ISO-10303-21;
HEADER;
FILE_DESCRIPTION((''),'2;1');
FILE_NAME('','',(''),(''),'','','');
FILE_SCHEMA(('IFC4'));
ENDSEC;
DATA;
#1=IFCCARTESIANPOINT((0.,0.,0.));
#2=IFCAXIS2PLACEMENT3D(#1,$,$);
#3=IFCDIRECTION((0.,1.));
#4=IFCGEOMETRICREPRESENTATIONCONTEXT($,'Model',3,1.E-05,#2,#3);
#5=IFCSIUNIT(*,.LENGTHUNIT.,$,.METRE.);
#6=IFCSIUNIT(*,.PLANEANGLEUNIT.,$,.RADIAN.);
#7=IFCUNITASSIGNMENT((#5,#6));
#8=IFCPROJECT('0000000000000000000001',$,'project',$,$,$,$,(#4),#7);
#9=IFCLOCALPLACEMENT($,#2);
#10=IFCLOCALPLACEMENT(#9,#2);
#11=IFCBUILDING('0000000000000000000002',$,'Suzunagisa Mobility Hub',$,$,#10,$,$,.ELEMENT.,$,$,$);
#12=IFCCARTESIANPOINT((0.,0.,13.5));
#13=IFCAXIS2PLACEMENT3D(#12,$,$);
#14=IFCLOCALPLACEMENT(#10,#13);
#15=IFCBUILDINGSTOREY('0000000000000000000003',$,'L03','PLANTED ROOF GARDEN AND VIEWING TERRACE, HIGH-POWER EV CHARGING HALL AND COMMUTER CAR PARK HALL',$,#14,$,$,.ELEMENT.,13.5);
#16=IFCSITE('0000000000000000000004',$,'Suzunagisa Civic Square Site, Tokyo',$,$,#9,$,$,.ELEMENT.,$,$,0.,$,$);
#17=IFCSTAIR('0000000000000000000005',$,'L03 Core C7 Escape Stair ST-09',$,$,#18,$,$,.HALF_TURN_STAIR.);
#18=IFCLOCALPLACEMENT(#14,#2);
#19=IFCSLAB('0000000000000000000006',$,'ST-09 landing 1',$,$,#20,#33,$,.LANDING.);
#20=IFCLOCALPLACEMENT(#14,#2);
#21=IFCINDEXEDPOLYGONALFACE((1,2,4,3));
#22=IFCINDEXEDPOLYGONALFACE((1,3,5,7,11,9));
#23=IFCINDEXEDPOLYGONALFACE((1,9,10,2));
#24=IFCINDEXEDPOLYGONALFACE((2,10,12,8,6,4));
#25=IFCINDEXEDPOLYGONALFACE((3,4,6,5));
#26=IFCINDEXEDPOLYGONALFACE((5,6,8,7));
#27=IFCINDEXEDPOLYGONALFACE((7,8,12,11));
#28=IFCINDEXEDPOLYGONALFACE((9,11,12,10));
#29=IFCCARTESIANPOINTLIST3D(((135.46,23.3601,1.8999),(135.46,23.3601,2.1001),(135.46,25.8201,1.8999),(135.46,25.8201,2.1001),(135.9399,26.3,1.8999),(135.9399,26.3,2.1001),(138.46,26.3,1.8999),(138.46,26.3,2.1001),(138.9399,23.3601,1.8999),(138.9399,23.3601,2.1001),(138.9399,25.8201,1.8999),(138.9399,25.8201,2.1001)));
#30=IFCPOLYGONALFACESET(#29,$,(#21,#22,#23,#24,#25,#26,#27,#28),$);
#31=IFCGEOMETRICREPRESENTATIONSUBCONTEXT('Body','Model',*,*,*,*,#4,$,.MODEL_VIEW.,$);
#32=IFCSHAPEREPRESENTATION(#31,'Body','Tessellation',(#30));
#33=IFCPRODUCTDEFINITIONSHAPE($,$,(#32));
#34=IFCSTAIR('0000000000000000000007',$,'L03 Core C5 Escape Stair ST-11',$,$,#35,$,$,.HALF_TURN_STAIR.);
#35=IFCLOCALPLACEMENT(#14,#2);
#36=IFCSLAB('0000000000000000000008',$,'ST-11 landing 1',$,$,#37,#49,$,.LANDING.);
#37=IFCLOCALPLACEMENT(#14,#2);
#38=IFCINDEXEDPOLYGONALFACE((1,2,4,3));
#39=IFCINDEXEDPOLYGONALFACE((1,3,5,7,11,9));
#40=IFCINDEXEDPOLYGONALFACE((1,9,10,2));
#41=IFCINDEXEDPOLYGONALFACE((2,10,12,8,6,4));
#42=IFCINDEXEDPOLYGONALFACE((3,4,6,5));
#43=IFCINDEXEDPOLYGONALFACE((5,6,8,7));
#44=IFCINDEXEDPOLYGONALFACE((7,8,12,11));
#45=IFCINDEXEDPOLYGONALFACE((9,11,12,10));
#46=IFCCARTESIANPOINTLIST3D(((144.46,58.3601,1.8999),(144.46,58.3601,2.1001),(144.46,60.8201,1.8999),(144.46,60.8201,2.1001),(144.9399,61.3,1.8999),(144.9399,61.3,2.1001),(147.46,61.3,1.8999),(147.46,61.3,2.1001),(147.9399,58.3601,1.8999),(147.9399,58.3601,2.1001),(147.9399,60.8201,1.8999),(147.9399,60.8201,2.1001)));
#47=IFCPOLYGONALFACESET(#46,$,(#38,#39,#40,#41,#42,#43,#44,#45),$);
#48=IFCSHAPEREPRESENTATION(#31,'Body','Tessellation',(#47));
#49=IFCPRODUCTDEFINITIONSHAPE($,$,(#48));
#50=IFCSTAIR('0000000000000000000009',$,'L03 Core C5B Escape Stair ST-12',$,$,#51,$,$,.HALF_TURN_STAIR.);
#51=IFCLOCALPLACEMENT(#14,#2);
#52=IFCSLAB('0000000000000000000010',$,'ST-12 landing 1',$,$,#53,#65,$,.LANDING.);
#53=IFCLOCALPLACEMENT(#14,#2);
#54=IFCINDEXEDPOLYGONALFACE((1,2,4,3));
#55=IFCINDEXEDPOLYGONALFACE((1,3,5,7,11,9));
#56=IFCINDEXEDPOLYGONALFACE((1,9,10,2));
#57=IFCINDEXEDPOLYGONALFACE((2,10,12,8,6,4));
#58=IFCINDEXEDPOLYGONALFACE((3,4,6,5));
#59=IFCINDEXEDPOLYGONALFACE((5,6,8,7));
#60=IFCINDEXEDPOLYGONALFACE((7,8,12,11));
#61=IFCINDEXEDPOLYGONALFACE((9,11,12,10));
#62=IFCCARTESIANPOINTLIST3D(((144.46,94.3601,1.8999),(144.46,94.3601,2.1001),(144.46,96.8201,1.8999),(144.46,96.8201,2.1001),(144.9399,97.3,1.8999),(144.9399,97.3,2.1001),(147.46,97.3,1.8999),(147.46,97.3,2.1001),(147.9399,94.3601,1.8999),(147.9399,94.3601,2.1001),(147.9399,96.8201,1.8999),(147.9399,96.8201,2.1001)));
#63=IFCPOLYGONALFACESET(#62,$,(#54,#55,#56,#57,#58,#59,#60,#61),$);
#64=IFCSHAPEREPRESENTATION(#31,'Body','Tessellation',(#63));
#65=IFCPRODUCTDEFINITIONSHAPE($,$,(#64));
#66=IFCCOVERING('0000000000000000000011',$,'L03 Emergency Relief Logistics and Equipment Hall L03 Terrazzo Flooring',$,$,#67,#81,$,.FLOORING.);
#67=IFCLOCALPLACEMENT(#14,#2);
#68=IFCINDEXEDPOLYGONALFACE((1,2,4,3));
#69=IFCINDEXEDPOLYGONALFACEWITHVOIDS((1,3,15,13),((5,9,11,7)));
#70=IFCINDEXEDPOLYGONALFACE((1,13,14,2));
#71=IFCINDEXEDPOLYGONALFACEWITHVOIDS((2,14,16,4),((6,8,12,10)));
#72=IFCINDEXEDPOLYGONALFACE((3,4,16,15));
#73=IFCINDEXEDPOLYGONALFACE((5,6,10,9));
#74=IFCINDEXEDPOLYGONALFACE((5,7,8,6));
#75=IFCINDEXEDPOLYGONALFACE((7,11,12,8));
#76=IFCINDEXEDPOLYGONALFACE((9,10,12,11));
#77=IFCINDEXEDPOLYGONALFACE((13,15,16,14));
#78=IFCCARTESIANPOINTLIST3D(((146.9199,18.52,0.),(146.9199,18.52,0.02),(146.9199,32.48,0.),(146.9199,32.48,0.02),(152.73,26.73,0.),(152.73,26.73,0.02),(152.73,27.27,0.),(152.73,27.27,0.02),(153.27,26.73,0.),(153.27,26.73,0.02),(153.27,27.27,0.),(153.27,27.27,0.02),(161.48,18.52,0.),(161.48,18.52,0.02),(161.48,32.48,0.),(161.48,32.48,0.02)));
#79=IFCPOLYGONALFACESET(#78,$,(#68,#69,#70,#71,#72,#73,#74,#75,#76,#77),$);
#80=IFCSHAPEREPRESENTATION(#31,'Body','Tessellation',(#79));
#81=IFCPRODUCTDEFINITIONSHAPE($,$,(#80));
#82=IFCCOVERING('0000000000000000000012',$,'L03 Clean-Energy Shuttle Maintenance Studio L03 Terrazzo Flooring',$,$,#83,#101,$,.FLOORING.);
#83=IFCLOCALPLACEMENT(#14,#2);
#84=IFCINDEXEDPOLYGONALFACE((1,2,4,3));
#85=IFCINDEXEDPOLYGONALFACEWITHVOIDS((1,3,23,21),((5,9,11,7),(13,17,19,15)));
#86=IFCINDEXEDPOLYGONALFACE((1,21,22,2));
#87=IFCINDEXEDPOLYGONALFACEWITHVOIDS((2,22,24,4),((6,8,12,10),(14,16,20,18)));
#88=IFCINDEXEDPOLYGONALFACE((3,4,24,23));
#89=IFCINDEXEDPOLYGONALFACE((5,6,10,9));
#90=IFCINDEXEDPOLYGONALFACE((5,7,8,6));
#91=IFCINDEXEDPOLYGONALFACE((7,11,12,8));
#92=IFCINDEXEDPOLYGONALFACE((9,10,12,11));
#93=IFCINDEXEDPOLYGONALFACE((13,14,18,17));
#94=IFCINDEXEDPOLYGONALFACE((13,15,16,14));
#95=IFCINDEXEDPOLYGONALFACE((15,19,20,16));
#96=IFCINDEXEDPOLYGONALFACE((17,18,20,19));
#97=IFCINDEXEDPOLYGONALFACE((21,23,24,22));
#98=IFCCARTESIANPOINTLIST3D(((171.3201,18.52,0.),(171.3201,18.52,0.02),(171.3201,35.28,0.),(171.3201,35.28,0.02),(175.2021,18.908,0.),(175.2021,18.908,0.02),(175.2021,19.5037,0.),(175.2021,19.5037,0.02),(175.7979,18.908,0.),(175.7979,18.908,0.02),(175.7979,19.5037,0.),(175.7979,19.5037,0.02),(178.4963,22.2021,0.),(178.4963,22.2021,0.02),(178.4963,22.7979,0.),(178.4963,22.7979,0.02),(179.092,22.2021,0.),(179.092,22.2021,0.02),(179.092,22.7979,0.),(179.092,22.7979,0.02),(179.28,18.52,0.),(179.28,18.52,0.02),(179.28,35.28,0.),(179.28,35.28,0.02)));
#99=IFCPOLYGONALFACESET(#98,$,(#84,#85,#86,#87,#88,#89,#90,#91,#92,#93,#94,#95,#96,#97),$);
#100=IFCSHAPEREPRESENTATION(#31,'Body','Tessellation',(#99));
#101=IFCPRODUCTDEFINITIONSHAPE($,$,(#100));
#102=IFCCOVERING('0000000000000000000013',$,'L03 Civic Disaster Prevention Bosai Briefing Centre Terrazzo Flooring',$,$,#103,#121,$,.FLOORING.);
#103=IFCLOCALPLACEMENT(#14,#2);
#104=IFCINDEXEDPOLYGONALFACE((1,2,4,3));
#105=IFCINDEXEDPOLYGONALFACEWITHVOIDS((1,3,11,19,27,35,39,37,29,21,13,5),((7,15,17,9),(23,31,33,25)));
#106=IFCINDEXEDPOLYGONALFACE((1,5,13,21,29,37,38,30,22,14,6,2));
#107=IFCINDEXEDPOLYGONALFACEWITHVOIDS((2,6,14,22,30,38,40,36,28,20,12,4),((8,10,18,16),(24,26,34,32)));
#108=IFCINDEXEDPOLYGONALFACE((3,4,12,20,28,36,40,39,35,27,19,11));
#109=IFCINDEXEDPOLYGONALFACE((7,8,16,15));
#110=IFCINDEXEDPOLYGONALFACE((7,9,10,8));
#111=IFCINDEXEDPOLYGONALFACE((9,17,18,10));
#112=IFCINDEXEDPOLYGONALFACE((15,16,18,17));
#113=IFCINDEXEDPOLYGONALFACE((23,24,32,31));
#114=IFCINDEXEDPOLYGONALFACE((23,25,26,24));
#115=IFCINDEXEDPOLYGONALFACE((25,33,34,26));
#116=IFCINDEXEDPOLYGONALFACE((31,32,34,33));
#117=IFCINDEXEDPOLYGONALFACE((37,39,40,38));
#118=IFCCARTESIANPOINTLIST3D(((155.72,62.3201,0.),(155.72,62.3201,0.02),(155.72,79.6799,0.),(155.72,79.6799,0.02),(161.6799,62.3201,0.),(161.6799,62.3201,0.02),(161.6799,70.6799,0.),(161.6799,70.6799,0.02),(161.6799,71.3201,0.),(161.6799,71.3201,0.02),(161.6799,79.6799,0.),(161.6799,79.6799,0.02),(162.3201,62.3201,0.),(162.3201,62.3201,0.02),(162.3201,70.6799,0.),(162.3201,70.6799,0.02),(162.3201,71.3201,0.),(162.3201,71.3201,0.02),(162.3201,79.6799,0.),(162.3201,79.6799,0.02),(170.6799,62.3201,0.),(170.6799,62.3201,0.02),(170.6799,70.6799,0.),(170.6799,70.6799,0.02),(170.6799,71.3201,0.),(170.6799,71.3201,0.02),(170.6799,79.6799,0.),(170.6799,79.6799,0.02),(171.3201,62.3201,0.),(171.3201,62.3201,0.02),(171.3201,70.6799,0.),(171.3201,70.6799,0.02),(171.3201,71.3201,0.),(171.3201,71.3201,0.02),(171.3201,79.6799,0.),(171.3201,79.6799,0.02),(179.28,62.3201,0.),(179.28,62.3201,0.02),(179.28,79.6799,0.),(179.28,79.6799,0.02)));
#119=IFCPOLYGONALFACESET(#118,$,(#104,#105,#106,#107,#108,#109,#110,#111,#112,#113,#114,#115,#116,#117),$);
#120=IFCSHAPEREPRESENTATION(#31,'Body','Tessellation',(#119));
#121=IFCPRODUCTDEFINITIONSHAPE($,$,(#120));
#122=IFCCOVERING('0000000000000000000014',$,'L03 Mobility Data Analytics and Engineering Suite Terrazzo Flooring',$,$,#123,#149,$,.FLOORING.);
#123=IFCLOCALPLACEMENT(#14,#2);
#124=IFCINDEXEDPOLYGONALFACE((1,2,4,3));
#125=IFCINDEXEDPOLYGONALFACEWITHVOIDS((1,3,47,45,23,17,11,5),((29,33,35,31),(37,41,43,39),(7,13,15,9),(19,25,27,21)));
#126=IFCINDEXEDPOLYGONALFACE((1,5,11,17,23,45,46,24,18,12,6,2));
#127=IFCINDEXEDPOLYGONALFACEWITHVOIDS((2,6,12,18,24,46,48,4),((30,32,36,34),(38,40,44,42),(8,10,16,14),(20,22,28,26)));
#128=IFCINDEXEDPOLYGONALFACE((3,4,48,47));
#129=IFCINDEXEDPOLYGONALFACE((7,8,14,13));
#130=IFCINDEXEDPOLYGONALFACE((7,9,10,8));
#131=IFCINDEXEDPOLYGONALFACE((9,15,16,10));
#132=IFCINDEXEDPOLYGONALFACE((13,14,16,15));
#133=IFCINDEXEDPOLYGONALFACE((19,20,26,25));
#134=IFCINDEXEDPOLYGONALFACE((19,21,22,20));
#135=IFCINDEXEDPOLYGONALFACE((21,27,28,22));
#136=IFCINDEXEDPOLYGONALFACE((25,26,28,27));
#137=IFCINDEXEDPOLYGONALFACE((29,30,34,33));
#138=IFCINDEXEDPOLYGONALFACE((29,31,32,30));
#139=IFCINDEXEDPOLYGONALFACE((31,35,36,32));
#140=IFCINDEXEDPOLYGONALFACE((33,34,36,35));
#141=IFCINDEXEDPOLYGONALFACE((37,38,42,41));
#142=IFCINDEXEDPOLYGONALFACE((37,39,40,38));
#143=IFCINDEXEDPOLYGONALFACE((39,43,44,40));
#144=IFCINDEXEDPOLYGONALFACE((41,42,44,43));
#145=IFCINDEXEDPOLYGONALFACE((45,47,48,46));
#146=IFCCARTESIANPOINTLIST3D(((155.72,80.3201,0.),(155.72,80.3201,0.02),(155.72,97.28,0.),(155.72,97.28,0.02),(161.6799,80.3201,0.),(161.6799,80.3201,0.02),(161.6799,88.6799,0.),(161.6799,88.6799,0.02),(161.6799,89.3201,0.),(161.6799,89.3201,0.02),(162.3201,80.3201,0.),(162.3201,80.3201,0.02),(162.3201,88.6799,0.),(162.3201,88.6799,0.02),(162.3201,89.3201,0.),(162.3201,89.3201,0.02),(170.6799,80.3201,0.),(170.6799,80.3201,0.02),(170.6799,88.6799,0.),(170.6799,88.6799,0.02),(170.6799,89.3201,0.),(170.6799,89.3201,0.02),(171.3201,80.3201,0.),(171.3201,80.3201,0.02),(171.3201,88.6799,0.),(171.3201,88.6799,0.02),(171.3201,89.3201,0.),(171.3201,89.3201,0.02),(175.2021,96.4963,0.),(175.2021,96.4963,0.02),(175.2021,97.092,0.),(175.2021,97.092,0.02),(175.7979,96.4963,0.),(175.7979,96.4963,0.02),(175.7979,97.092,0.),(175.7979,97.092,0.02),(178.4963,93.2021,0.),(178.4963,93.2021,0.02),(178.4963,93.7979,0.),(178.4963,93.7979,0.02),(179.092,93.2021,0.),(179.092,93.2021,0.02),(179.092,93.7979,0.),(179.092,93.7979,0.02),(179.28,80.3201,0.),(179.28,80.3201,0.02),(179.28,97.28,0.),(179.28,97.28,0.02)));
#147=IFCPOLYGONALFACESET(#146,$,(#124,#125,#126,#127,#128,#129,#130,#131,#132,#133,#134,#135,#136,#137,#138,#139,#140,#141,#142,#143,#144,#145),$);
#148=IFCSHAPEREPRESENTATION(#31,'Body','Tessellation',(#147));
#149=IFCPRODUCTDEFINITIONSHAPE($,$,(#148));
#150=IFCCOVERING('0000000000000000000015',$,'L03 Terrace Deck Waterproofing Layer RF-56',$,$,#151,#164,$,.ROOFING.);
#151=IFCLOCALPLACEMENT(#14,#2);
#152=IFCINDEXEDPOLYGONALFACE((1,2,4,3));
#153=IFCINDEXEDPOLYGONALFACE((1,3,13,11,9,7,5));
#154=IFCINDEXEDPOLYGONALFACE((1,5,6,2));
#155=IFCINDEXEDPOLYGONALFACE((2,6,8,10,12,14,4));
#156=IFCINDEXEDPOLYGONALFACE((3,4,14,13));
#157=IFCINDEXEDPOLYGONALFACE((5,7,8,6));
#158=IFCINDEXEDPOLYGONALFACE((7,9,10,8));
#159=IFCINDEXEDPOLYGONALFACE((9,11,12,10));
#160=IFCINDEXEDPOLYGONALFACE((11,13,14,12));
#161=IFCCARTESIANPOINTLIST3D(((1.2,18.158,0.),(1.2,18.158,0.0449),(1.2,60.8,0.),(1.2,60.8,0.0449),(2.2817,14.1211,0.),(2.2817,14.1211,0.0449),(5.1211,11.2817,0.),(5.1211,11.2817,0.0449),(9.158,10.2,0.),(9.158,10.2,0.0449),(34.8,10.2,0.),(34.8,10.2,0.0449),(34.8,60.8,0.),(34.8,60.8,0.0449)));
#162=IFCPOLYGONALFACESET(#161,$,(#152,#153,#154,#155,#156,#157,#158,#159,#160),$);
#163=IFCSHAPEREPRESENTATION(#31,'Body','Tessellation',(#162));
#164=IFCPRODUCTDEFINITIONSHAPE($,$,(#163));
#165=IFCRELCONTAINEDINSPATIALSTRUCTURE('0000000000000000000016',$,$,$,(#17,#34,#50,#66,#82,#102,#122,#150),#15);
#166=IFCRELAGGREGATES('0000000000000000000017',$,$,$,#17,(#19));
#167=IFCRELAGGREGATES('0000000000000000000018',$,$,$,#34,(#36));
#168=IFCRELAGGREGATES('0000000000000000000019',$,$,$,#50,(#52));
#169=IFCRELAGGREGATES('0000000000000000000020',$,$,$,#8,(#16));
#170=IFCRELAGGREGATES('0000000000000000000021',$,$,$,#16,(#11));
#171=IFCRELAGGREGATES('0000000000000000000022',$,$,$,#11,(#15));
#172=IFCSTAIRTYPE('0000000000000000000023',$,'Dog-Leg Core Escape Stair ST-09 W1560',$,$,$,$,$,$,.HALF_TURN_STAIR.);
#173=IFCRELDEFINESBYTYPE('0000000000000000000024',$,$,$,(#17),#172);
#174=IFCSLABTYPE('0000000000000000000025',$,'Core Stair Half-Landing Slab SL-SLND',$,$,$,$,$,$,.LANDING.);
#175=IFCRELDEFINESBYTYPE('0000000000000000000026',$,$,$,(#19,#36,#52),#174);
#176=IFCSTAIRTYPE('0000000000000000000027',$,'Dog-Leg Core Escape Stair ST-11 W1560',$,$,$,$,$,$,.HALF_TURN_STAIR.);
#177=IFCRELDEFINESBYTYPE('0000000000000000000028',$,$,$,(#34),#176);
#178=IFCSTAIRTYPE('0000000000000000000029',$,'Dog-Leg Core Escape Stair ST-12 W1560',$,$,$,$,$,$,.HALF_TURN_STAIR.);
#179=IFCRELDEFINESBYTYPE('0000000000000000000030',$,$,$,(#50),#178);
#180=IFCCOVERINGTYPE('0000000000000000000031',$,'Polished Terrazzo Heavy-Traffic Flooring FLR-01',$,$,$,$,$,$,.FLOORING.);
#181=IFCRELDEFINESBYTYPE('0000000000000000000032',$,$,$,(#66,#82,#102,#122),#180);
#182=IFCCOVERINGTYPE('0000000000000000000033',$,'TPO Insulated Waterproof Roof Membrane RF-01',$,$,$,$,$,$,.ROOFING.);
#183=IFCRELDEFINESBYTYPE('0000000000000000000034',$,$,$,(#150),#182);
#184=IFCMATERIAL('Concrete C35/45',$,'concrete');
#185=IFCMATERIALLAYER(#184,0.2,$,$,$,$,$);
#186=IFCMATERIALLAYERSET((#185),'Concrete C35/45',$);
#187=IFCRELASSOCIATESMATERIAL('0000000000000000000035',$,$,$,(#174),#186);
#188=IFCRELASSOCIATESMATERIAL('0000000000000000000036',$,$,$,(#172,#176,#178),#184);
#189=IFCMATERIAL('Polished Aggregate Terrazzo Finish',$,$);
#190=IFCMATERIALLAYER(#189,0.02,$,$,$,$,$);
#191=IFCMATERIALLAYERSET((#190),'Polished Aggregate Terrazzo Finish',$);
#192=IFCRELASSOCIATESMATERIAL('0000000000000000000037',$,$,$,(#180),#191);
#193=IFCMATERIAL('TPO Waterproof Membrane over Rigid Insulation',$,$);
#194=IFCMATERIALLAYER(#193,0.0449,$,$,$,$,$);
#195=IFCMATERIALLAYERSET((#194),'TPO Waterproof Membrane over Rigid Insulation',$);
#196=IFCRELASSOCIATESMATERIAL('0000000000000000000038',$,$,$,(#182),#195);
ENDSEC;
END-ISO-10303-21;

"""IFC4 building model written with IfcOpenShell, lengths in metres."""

from ifc_helpers import new_model, si_unit, direction, frame, origin, place, context, subcontext, project, spatial, polyline, outline, extrude, material, layer, layer_set, type_object, element, aggregate, save


model = new_model("IFC4")

# Units and contexts
model_context = context("Model", 3, precision=1e-05, world=origin(), true_north=direction((0.0, 1.0)))
body_context = subcontext(model_context, "Body", "Model", "MODEL_VIEW")
ifc_project = project(units=[si_unit("LENGTHUNIT", "METRE"), si_unit("PLANEANGLEUNIT", "RADIAN")], contexts=[model_context])

# Site, building, storey
site_placement = place(None, origin())
site = spatial("IfcSite", under=ifc_project, at=site_placement, Name="Suzunagisa Civic Square Site, Tokyo", CompositionType="ELEMENT", RefElevation=0.0)
building_placement = place(site_placement, origin())
building = spatial("IfcBuilding", under=site, at=building_placement, Name="Suzunagisa Mobility Hub", CompositionType="ELEMENT")
storey_placement = place(building_placement, frame((0.0, 0.0, 13.5)))
storey = spatial("IfcBuildingStorey", under=building, at=storey_placement, Name="L03", Description="PLANTED ROOF GARDEN AND VIEWING TERRACE, HIGH-POWER EV CHARGING HALL AND COMMUTER CAR PARK HALL", CompositionType="ELEMENT", Elevation=13.5)

# Shared definitions
ifc_material_1 = material(Name="Concrete C35/45", Category="concrete")

# Stairs, slabs
ifc_layer_1 = layer(ifc_material_1, 0.2)
ifc_layer_set_1 = layer_set([ifc_layer_1], Name="Concrete C35/45")
slab_type_1 = type_object("IfcSlabType", Name="Core Stair Half-Landing Slab SL-SLND", PredefinedType="LANDING", material=ifc_layer_set_1)
stair_type_1 = type_object("IfcStairType", Name="Dog-Leg Core Escape Stair ST-09 W1560", PredefinedType="HALF_TURN_STAIR", material=ifc_material_1)
stair_1_placement = place(storey_placement, origin())
stair_1 = element("IfcStair", 1, at=stair_1_placement, inside=storey, type_object=stair_type_1, Name="L03 Core C7 Escape Stair ST-09", PredefinedType="HALF_TURN_STAIR")
slab_1_placement = place(storey_placement, frame((0.0, 0.0, 1.8999)))
slab_1 = element("IfcSlab", 2, at=slab_1_placement, type_object=slab_type_1, Name="ST-09 landing 1", PredefinedType="LANDING", context=body_context, shape_type="SweptSolid", body=[
    extrude(outline(polyline([(135.46, 23.3601), (138.9399, 23.3601), (138.9399, 25.8201), (138.46, 26.3), (135.9399, 26.3), (135.46, 25.8201), (135.46, 23.3601)])), origin(), (0.0, 0.0, 1.0), 0.2002),
])
aggregate(stair_1, [slab_1])
stair_type_2 = type_object("IfcStairType", Name="Dog-Leg Core Escape Stair ST-11 W1560", PredefinedType="HALF_TURN_STAIR", material=ifc_material_1)
stair_2_placement = place(storey_placement, origin())
stair_2 = element("IfcStair", 3, at=stair_2_placement, inside=storey, type_object=stair_type_2, Name="L03 Core C5 Escape Stair ST-11", PredefinedType="HALF_TURN_STAIR")
slab_2_placement = place(storey_placement, frame((0.0, 0.0, 1.8999)))
slab_2 = element("IfcSlab", 4, at=slab_2_placement, type_object=slab_type_1, Name="ST-11 landing 1", PredefinedType="LANDING", context=body_context, shape_type="SweptSolid", body=[
    extrude(outline(polyline([(144.46, 58.3601), (147.9399, 58.3601), (147.9399, 60.8201), (147.46, 61.3), (144.9399, 61.3), (144.46, 60.8201), (144.46, 58.3601)])), origin(), (0.0, 0.0, 1.0), 0.2002),
])
aggregate(stair_2, [slab_2])
stair_type_3 = type_object("IfcStairType", Name="Dog-Leg Core Escape Stair ST-12 W1560", PredefinedType="HALF_TURN_STAIR", material=ifc_material_1)
stair_3_placement = place(storey_placement, origin())
stair_3 = element("IfcStair", 5, at=stair_3_placement, inside=storey, type_object=stair_type_3, Name="L03 Core C5B Escape Stair ST-12", PredefinedType="HALF_TURN_STAIR")
slab_3_placement = place(storey_placement, frame((0.0, 0.0, 1.8999)))
slab_3 = element("IfcSlab", 6, at=slab_3_placement, type_object=slab_type_1, Name="ST-12 landing 1", PredefinedType="LANDING", context=body_context, shape_type="SweptSolid", body=[
    extrude(outline(polyline([(144.46, 94.3601), (147.9399, 94.3601), (147.9399, 96.8201), (147.46, 97.3), (144.9399, 97.3), (144.46, 96.8201), (144.46, 94.3601)])), origin(), (0.0, 0.0, 1.0), 0.2002),
])
aggregate(stair_3, [slab_3])

# Coverings
ifc_material_2 = material(Name="Polished Aggregate Terrazzo Finish")
ifc_layer_2 = layer(ifc_material_2, 0.02)
ifc_layer_set_2 = layer_set([ifc_layer_2], Name="Polished Aggregate Terrazzo Finish")
covering_type_1 = type_object("IfcCoveringType", Name="Polished Terrazzo Heavy-Traffic Flooring FLR-01", PredefinedType="FLOORING", material=ifc_layer_set_2)
covering_1_placement = place(storey_placement, origin())
element("IfcCovering", 7, at=covering_1_placement, inside=storey, type_object=covering_type_1, Name="L03 Emergency Relief Logistics and Equipment Hall L03 Terrazzo Flooring", PredefinedType="FLOORING", context=body_context, shape_type="SweptSolid", body=[
    extrude(outline(polyline([(146.9199, 32.48), (161.48, 32.48), (161.48, 18.52), (146.9199, 18.52), (146.9199, 32.48)]), holes=[polyline([(153.27, 27.27), (152.73, 27.27), (152.73, 26.73), (153.27, 26.73), (153.27, 27.27)])]), origin(), (0.0, 0.0, 1.0), 0.02),
])
covering_2_placement = place(storey_placement, origin())
element("IfcCovering", 8, at=covering_2_placement, inside=storey, type_object=covering_type_1, Name="L03 Clean-Energy Shuttle Maintenance Studio L03 Terrazzo Flooring", PredefinedType="FLOORING", context=body_context, shape_type="SweptSolid", body=[
    extrude(outline(polyline([(171.3201, 35.28), (179.28, 35.28), (179.28, 18.52), (171.3201, 18.52), (171.3201, 35.28)]), holes=[polyline([(175.7979, 19.5037), (175.2021, 19.5037), (175.2021, 18.908), (175.7979, 18.908), (175.7979, 19.5037)]), polyline([(179.092, 22.2021), (179.092, 22.7979), (178.4963, 22.7979), (178.4963, 22.2021), (179.092, 22.2021)])]), origin(), (0.0, 0.0, 1.0), 0.02),
])
covering_3_placement = place(storey_placement, origin())
element("IfcCovering", 9, at=covering_3_placement, inside=storey, type_object=covering_type_1, Name="L03 Civic Disaster Prevention Bosai Briefing Centre Terrazzo Flooring", PredefinedType="FLOORING", context=body_context, shape_type="SweptSolid", body=[
    extrude(outline(polyline([(161.6799, 79.6799), (162.3201, 79.6799), (170.6799, 79.6799), (171.3201, 79.6799), (179.28, 79.6799), (179.28, 62.3201), (171.3201, 62.3201), (170.6799, 62.3201), (162.3201, 62.3201), (161.6799, 62.3201), (155.72, 62.3201), (155.72, 79.6799), (161.6799, 79.6799)]), holes=[polyline([(162.3201, 70.6799), (162.3201, 71.3201), (161.6799, 71.3201), (161.6799, 70.6799), (162.3201, 70.6799)]), polyline([(171.3201, 71.3201), (170.6799, 71.3201), (170.6799, 70.6799), (171.3201, 70.6799), (171.3201, 71.3201)])]), origin(), (0.0, 0.0, 1.0), 0.02),
])
covering_4_placement = place(storey_placement, origin())
element("IfcCovering", 10, at=covering_4_placement, inside=storey, type_object=covering_type_1, Name="L03 Mobility Data Analytics and Engineering Suite Terrazzo Flooring", PredefinedType="FLOORING", context=body_context, shape_type="SweptSolid", body=[
    extrude(outline(polyline([(179.28, 97.28), (179.28, 80.3201), (171.3201, 80.3201), (170.6799, 80.3201), (162.3201, 80.3201), (161.6799, 80.3201), (155.72, 80.3201), (155.72, 97.28), (179.28, 97.28)]), holes=[polyline([(162.3201, 88.6799), (162.3201, 89.3201), (161.6799, 89.3201), (161.6799, 88.6799), (162.3201, 88.6799)]), polyline([(170.6799, 89.3201), (170.6799, 88.6799), (171.3201, 88.6799), (171.3201, 89.3201), (170.6799, 89.3201)]), polyline([(175.7979, 97.092), (175.2021, 97.092), (175.2021, 96.4963), (175.7979, 96.4963), (175.7979, 97.092)]), polyline([(179.092, 93.2021), (179.092, 93.7979), (178.4963, 93.7979), (178.4963, 93.2021), (179.092, 93.2021)])]), origin(), (0.0, 0.0, 1.0), 0.02),
])
ifc_material_3 = material(Name="TPO Waterproof Membrane over Rigid Insulation")
ifc_layer_3 = layer(ifc_material_3, 0.0449)
ifc_layer_set_3 = layer_set([ifc_layer_3], Name="TPO Waterproof Membrane over Rigid Insulation")
covering_type_2 = type_object("IfcCoveringType", Name="TPO Insulated Waterproof Roof Membrane RF-01", PredefinedType="ROOFING", material=ifc_layer_set_3)
covering_5_placement = place(storey_placement, origin())
element("IfcCovering", 11, at=covering_5_placement, inside=storey, type_object=covering_type_2, Name="L03 Terrace Deck Waterproofing Layer RF-56", PredefinedType="ROOFING", context=body_context, shape_type="SweptSolid", body=[
    extrude(outline(polyline([(1.2, 18.158), (1.2, 60.8), (34.8, 60.8), (34.8, 10.2), (9.158, 10.2), (5.1211, 11.2817), (2.2817, 14.1211), (1.2, 18.158)])), origin(), (0.0, 0.0, 1.0), 0.0449),
])

save(model, "model.ifc")
